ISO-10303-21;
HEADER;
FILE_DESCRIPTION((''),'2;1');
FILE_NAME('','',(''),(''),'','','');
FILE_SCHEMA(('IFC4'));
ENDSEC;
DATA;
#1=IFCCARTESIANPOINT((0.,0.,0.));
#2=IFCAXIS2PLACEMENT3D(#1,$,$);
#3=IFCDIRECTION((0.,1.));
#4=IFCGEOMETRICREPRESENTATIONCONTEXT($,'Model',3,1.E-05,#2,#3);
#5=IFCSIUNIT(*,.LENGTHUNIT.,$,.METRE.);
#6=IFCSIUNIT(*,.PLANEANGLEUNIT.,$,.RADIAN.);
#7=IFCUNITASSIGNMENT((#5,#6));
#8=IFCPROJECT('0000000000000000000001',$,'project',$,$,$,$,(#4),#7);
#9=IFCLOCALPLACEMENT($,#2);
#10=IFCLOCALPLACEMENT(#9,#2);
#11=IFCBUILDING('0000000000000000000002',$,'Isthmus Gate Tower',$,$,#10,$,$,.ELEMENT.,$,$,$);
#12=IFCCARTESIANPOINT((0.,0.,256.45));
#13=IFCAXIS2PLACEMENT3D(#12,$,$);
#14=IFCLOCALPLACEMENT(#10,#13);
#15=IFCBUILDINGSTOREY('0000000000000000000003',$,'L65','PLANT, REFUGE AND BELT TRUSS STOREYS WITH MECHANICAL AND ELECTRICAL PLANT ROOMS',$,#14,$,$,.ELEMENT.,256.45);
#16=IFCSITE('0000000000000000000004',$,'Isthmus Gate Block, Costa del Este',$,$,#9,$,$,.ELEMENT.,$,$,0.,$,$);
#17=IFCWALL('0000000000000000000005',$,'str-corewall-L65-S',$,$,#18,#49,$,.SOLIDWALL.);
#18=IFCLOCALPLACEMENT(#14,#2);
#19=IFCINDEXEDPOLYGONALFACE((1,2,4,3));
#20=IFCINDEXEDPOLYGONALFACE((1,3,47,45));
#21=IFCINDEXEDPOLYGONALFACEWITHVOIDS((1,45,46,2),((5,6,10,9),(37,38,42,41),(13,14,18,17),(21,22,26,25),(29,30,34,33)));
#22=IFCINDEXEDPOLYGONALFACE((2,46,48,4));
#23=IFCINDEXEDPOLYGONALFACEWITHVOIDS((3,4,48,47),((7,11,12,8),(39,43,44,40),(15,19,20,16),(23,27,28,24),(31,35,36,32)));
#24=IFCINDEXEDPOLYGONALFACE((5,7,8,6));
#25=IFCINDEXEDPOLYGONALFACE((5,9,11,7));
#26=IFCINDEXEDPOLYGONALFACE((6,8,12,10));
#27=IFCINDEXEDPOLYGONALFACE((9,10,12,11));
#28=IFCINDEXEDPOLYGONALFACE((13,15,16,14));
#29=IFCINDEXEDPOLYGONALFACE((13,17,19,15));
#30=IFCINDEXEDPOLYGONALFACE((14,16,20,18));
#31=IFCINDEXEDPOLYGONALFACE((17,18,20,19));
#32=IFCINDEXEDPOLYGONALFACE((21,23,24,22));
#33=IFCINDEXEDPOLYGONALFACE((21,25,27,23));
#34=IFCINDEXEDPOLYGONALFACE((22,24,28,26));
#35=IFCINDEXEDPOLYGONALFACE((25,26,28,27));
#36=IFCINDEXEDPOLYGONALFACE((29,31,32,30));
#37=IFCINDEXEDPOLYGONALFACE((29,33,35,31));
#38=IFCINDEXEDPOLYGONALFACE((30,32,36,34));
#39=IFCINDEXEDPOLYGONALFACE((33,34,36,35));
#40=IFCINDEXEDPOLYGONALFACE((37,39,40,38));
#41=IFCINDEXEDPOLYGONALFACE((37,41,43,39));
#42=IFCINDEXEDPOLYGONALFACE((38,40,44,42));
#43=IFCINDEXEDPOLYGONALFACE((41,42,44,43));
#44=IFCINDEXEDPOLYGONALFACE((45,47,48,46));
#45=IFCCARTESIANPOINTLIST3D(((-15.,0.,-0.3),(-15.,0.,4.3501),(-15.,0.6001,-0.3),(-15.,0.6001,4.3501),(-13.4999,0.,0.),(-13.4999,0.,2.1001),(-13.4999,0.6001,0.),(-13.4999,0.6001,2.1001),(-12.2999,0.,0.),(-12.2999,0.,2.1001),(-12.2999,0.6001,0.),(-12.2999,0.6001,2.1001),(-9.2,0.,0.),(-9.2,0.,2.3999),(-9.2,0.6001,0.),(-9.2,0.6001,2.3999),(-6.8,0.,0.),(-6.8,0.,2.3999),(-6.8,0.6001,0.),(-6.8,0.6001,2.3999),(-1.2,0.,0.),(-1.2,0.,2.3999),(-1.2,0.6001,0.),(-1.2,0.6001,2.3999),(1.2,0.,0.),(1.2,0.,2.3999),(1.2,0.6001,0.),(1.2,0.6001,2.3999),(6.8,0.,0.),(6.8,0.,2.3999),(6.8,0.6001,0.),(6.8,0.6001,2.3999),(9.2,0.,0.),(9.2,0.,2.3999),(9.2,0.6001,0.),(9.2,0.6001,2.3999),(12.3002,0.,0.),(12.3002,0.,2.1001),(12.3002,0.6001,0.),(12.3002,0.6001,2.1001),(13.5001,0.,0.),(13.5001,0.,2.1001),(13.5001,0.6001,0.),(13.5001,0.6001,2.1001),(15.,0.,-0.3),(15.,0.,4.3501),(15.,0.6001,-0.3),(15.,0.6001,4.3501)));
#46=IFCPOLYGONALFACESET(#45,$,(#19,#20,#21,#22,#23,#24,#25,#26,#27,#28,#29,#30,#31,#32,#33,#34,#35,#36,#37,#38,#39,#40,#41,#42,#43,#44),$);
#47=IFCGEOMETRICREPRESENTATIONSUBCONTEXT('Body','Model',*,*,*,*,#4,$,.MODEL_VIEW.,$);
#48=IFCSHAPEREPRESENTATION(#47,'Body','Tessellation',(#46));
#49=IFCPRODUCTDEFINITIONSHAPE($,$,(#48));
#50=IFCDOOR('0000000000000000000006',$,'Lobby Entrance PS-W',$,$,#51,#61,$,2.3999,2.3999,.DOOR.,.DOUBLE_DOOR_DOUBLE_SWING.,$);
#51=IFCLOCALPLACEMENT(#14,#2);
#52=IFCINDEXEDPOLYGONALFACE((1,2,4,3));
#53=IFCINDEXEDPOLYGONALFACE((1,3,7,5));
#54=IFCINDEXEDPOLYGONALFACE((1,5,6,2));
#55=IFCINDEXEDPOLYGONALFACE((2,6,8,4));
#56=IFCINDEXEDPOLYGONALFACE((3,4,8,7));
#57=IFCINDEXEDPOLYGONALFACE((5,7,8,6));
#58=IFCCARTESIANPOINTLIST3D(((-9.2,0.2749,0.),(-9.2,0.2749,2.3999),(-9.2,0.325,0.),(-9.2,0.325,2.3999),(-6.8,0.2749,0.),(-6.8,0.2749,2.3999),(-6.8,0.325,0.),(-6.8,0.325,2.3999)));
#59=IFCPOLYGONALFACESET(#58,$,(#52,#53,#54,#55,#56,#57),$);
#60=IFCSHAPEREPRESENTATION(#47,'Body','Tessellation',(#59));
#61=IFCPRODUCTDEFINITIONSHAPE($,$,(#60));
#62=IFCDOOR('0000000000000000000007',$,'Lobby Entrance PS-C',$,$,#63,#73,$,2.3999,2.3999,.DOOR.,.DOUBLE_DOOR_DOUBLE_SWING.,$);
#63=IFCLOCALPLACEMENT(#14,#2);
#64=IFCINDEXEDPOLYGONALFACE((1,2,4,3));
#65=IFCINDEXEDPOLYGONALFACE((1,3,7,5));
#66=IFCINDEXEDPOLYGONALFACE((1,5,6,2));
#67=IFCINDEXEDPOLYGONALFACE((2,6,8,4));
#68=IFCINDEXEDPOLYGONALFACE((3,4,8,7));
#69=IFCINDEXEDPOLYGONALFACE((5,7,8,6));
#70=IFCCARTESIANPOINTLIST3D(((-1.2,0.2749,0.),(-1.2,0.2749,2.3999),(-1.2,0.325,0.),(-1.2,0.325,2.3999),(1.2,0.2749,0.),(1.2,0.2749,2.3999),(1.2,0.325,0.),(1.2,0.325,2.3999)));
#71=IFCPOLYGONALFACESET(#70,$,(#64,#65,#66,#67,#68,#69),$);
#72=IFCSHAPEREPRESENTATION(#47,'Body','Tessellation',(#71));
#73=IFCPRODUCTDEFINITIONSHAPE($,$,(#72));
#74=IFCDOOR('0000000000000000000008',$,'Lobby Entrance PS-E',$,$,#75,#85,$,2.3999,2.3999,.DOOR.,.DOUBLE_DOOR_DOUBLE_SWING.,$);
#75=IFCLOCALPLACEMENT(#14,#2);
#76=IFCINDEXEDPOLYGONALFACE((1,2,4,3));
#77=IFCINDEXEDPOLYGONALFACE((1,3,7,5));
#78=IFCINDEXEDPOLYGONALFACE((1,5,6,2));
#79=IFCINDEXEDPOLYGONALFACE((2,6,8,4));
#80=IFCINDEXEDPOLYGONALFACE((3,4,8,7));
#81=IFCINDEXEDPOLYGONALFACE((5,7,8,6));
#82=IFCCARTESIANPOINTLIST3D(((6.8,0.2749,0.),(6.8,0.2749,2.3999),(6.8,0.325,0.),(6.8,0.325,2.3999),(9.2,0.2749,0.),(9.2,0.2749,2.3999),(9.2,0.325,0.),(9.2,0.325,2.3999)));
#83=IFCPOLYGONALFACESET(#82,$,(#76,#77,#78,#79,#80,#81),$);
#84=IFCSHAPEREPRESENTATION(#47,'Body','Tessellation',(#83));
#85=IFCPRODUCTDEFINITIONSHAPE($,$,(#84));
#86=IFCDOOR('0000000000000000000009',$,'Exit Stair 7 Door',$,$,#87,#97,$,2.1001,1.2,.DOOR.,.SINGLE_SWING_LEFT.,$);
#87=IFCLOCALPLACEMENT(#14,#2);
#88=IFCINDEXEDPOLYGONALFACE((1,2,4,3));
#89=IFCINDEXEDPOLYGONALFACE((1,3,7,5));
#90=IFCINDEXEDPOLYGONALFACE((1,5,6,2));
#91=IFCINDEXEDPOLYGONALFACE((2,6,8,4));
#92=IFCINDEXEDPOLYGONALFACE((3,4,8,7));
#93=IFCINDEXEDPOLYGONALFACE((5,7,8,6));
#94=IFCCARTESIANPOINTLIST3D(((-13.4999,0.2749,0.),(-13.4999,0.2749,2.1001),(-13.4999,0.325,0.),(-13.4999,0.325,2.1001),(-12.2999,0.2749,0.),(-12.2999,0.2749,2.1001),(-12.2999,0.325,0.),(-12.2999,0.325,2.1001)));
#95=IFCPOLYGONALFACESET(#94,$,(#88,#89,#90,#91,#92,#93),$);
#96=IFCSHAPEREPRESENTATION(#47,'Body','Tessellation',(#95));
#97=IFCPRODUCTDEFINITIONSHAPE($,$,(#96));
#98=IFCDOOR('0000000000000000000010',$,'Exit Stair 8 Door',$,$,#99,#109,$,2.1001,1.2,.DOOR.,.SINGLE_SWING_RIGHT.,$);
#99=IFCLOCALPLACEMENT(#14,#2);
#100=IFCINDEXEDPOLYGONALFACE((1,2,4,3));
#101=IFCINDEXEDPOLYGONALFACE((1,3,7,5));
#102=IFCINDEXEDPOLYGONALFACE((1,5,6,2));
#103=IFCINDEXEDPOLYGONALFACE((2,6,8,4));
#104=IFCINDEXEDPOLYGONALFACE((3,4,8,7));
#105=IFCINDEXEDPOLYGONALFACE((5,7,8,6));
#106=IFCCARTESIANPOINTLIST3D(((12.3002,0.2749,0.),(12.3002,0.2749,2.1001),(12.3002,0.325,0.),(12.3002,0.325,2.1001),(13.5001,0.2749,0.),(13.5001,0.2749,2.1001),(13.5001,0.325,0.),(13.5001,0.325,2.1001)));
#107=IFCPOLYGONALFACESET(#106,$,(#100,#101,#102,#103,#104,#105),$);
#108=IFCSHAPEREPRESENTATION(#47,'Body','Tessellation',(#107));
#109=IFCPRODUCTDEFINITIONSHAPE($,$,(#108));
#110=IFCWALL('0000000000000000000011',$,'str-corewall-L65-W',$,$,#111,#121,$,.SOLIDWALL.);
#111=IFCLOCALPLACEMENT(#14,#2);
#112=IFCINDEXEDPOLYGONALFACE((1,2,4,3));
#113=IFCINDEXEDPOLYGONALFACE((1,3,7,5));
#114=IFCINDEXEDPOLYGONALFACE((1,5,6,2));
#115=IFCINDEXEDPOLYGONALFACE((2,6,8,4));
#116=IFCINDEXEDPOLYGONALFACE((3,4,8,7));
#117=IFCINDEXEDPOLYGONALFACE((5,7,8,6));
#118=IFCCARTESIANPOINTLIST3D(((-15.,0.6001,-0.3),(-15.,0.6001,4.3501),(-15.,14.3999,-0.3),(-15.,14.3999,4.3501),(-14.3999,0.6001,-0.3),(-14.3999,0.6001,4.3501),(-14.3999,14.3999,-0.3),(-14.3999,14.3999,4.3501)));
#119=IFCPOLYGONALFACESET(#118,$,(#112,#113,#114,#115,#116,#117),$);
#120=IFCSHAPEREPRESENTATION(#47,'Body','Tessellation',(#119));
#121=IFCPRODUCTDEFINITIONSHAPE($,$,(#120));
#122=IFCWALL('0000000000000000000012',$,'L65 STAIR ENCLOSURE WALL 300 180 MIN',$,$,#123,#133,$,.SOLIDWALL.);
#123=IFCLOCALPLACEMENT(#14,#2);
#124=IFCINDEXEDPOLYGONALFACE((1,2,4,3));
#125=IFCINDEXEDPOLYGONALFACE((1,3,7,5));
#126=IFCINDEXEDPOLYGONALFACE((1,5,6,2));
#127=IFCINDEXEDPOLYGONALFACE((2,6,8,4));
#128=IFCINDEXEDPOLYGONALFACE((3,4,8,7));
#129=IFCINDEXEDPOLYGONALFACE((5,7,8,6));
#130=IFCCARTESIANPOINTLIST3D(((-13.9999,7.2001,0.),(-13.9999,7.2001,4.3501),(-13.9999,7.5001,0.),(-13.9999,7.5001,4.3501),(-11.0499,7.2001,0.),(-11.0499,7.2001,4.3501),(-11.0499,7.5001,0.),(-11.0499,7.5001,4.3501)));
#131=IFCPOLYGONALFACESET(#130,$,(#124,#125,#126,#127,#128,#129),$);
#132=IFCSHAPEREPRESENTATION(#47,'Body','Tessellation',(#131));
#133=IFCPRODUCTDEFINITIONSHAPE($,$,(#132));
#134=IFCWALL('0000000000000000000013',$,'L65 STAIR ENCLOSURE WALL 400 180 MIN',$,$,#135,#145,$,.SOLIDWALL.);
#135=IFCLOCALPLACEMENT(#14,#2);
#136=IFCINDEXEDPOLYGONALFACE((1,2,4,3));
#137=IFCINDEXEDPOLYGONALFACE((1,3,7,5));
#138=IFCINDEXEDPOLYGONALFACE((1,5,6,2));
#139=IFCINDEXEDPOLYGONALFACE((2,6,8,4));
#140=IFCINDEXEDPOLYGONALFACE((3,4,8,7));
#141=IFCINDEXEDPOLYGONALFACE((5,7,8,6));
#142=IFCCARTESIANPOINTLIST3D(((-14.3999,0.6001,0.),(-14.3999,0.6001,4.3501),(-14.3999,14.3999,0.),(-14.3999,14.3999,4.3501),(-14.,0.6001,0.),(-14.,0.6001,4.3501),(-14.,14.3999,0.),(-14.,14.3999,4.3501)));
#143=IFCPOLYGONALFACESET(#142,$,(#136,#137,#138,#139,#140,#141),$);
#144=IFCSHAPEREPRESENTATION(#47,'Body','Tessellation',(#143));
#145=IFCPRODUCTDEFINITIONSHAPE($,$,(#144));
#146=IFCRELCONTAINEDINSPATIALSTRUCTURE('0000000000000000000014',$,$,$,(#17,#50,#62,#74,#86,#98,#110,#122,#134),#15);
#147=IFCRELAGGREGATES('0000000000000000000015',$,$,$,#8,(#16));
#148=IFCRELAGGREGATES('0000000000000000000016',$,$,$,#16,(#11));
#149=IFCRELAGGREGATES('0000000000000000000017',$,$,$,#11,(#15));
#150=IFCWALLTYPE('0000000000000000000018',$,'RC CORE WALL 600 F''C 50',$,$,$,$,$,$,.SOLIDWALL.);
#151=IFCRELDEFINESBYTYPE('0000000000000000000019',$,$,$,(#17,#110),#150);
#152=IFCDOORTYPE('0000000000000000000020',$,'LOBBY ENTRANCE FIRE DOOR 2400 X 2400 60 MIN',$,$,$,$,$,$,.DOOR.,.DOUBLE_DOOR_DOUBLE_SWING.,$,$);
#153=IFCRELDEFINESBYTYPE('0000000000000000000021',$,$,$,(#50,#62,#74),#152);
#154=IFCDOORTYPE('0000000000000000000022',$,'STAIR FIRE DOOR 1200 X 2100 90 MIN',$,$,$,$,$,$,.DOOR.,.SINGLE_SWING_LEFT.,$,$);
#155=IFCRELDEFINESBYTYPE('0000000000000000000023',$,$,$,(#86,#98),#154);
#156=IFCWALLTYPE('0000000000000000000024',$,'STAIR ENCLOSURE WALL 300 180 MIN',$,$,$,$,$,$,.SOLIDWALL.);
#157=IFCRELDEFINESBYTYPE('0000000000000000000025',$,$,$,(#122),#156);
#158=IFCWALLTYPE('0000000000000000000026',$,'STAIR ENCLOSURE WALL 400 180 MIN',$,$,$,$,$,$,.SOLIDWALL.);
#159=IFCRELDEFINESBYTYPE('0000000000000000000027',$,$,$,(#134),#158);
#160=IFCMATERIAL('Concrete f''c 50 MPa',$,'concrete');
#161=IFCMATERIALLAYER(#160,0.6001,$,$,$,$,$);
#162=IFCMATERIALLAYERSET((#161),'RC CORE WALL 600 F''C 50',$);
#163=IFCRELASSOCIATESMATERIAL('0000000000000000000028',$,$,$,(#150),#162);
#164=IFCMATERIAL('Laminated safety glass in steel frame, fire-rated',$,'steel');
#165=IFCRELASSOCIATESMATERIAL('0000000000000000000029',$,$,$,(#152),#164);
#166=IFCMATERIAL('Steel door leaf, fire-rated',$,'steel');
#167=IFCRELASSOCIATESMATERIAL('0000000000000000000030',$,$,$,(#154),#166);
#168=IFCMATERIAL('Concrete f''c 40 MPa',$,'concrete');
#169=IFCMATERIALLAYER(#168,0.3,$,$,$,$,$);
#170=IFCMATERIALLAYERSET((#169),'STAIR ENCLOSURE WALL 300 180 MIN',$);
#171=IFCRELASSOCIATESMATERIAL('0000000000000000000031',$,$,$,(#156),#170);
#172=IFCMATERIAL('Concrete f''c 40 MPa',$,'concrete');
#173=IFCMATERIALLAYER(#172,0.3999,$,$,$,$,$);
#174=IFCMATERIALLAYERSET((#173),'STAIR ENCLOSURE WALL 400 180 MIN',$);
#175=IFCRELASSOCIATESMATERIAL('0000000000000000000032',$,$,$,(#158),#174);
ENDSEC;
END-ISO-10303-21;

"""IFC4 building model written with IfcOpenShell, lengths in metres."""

from ifc_helpers import new_model, si_unit, direction, frame, frame_2d, origin, place, context, subcontext, project, spatial, rectangle, extrude, material, layer, layer_set, type_object, element, fill, save


model = new_model("IFC4")

# Units and contexts
model_context = context("Model", 3, precision=1e-05, world=origin(), true_north=direction((0.0, 1.0)))
body_context = subcontext(model_context, "Body", "Model", "MODEL_VIEW")
ifc_project = project(units=[si_unit("LENGTHUNIT", "METRE"), si_unit("PLANEANGLEUNIT", "RADIAN")], contexts=[model_context])

# Site, building, storey
site_placement = place(None, origin())
site = spatial("IfcSite", under=ifc_project, at=site_placement, Name="Isthmus Gate Block, Costa del Este", CompositionType="ELEMENT", RefElevation=0.0)
building_placement = place(site_placement, origin())
building = spatial("IfcBuilding", under=site, at=building_placement, Name="Isthmus Gate Tower", CompositionType="ELEMENT")
storey_placement = place(building_placement, frame((0.0, 0.0, 256.45)))
storey = spatial("IfcBuildingStorey", under=building, at=storey_placement, Name="L65", Description="PLANT, REFUGE AND BELT TRUSS STOREYS WITH MECHANICAL AND ELECTRICAL PLANT ROOMS", CompositionType="ELEMENT", Elevation=256.45)

# Wall, openings, doors
ifc_material_1 = material(Name="Concrete f'c 50 MPa", Category="concrete")
ifc_layer_1 = layer(ifc_material_1, 0.6001)
ifc_layer_set_1 = layer_set([ifc_layer_1], Name="RC CORE WALL 600 F'C 50")
wall_type_1 = type_object("IfcWallType", Name="RC CORE WALL 600 F'C 50", PredefinedType="SOLIDWALL", material=ifc_layer_set_1)
wall_1_placement = place(storey_placement, frame((-15.0, 0.3, -0.3), z_axis=(0.0, 0.0, 1.0), x_axis=(1.0, 0.0, 0.0)))
wall_1 = element("IfcWall", 1, at=wall_1_placement, inside=storey, type_object=wall_type_1, Name="str-corewall-L65-S", PredefinedType="SOLIDWALL", context=body_context, shape_type="SweptSolid", body=[
    extrude(rectangle(XDim=30.0, YDim=0.6001, at=frame_2d((15.0, 0.0))), origin(), (0.0, 0.0, 1.0), 4.6501),
])
opening_1_placement = place(wall_1_placement, frame((5.8, 0.0, 0.3)))
opening_1 = element("IfcOpeningElement", 2, at=opening_1_placement, cuts=wall_1, PredefinedType="OPENING", context=body_context, shape_type="SweptSolid", body=[
    extrude(rectangle(XDim=2.3999, YDim=2.3999, at=frame_2d((1.2, 1.2))), frame((0.0, 0.3101, 0.0), z_axis=(0.0, -1.0, 0.0), x_axis=(1.0, 0.0, 0.0)), (0.0, 0.0, 1.0), 0.6201),
])
opening_2_placement = place(wall_1_placement, frame((13.8, 0.0, 0.3)))
opening_2 = element("IfcOpeningElement", 3, at=opening_2_placement, cuts=wall_1, PredefinedType="OPENING", context=body_context, shape_type="SweptSolid", body=[
    extrude(rectangle(XDim=2.3999, YDim=2.3999, at=frame_2d((1.2, 1.2))), frame((0.0, 0.3101, 0.0), z_axis=(0.0, -1.0, 0.0), x_axis=(1.0, 0.0, 0.0)), (0.0, 0.0, 1.0), 0.6201),
])
opening_3_placement = place(wall_1_placement, frame((21.8, 0.0, 0.3)))
opening_3 = element("IfcOpeningElement", 4, at=opening_3_placement, cuts=wall_1, PredefinedType="OPENING", context=body_context, shape_type="SweptSolid", body=[
    extrude(rectangle(XDim=2.3999, YDim=2.3999, at=frame_2d((1.2, 1.2))), frame((0.0, 0.3101, 0.0), z_axis=(0.0, -1.0, 0.0), x_axis=(1.0, 0.0, 0.0)), (0.0, 0.0, 1.0), 0.6201),
])
opening_4_placement = place(wall_1_placement, frame((1.5, 0.0, 0.3)))
opening_4 = element("IfcOpeningElement", 5, at=opening_4_placement, cuts=wall_1, PredefinedType="OPENING", context=body_context, shape_type="SweptSolid", body=[
    extrude(rectangle(XDim=1.2, YDim=2.1001, at=frame_2d((0.6001, 1.05))), frame((0.0, 0.3101, 0.0), z_axis=(0.0, -1.0, 0.0), x_axis=(1.0, 0.0, 0.0)), (0.0, 0.0, 1.0), 0.6201),
])
opening_5_placement = place(wall_1_placement, frame((27.3, 0.0, 0.3)))
opening_5 = element("IfcOpeningElement", 6, at=opening_5_placement, cuts=wall_1, PredefinedType="OPENING", context=body_context, shape_type="SweptSolid", body=[
    extrude(rectangle(XDim=1.2, YDim=2.1001, at=frame_2d((0.6001, 1.05))), frame((0.0, 0.3101, 0.0), z_axis=(0.0, -1.0, 0.0), x_axis=(1.0, 0.0, 0.0)), (0.0, 0.0, 1.0), 0.6201),
])
ifc_material_2 = material(Name="Laminated safety glass in steel frame, fire-rated", Category="steel")
door_type_1 = type_object("IfcDoorType", Name="LOBBY ENTRANCE FIRE DOOR 2400 X 2400 60 MIN", OperationType="DOUBLE_DOOR_DOUBLE_SWING", PredefinedType="DOOR", material=ifc_material_2)
door_1_placement = place(opening_1_placement, origin())
door_1 = element("IfcDoor", 7, at=door_1_placement, inside=storey, type_object=door_type_1, Name="Lobby Entrance PS-W", OperationType="DOUBLE_DOOR_DOUBLE_SWING", OverallHeight=2.3999, OverallWidth=2.3999, PredefinedType="DOOR", context=body_context, shape_type="SweptSolid", body=[
    extrude(rectangle(XDim=2.3999, YDim=2.3999, at=frame_2d((1.2, 1.2))), frame((0.0, 0.0249, 0.0), z_axis=(0.0, -1.0, 0.0), x_axis=(1.0, 0.0, 0.0)), (0.0, 0.0, 1.0), 0.05),
])
fill(opening_1, door_1)
door_2_placement = place(opening_2_placement, origin())
door_2 = element("IfcDoor", 8, at=door_2_placement, inside=storey, type_object=door_type_1, Name="Lobby Entrance PS-C", OperationType="DOUBLE_DOOR_DOUBLE_SWING", OverallHeight=2.3999, OverallWidth=2.3999, PredefinedType="DOOR", context=body_context, shape_type="SweptSolid", body=[
    extrude(rectangle(XDim=2.3999, YDim=2.3999, at=frame_2d((1.2, 1.2))), frame((0.0, 0.0249, 0.0), z_axis=(0.0, -1.0, 0.0), x_axis=(1.0, 0.0, 0.0)), (0.0, 0.0, 1.0), 0.05),
])
fill(opening_2, door_2)
door_3_placement = place(opening_3_placement, origin())
door_3 = element("IfcDoor", 9, at=door_3_placement, inside=storey, type_object=door_type_1, Name="Lobby Entrance PS-E", OperationType="DOUBLE_DOOR_DOUBLE_SWING", OverallHeight=2.3999, OverallWidth=2.3999, PredefinedType="DOOR", context=body_context, shape_type="SweptSolid", body=[
    extrude(rectangle(XDim=2.3999, YDim=2.3999, at=frame_2d((1.2, 1.2))), frame((0.0, 0.0249, 0.0), z_axis=(0.0, -1.0, 0.0), x_axis=(1.0, 0.0, 0.0)), (0.0, 0.0, 1.0), 0.05),
])
fill(opening_3, door_3)
ifc_material_3 = material(Name="Steel door leaf, fire-rated", Category="steel")
door_type_2 = type_object("IfcDoorType", Name="STAIR FIRE DOOR 1200 X 2100 90 MIN", OperationType="SINGLE_SWING_LEFT", PredefinedType="DOOR", material=ifc_material_3)
door_4_placement = place(opening_4_placement, origin())
door_4 = element("IfcDoor", 10, at=door_4_placement, inside=storey, type_object=door_type_2, Name="Exit Stair 7 Door", OperationType="SINGLE_SWING_LEFT", OverallHeight=2.1001, OverallWidth=1.2, PredefinedType="DOOR", context=body_context, shape_type="SweptSolid", body=[
    extrude(rectangle(XDim=1.2, YDim=2.1001, at=frame_2d((0.6001, 1.05))), frame((0.0, 0.0249, 0.0), z_axis=(0.0, -1.0, 0.0), x_axis=(1.0, 0.0, 0.0)), (0.0, 0.0, 1.0), 0.05),
])
fill(opening_4, door_4)
door_5_placement = place(opening_5_placement, origin())
door_5 = element("IfcDoor", 11, at=door_5_placement, inside=storey, type_object=door_type_2, Name="Exit Stair 8 Door", OperationType="SINGLE_SWING_RIGHT", OverallHeight=2.1001, OverallWidth=1.2, PredefinedType="DOOR", context=body_context, shape_type="SweptSolid", body=[
    extrude(rectangle(XDim=1.2, YDim=2.1001, at=frame_2d((0.6001, 1.05))), frame((0.0, 0.0249, 0.0), z_axis=(0.0, -1.0, 0.0), x_axis=(1.0, 0.0, 0.0)), (0.0, 0.0, 1.0), 0.05),
])
fill(opening_5, door_5)

# Walls
wall_2_placement = place(storey_placement, frame((-14.7, 0.6001, -0.3), z_axis=(0.0, 0.0, 1.0), x_axis=(0.0, 1.0, 0.0)))
element("IfcWall", 12, at=wall_2_placement, inside=storey, type_object=wall_type_1, Name="str-corewall-L65-W", PredefinedType="SOLIDWALL", context=body_context, shape_type="SweptSolid", body=[
    extrude(rectangle(XDim=13.7998, YDim=0.6001, at=frame_2d((6.8999, 0.0))), origin(), (0.0, 0.0, 1.0), 4.6501),
])
ifc_material_4 = material(Name="Concrete f'c 40 MPa", Category="concrete")
ifc_layer_2 = layer(ifc_material_4, 0.3)
ifc_layer_set_2 = layer_set([ifc_layer_2], Name="STAIR ENCLOSURE WALL 300 180 MIN")
wall_type_2 = type_object("IfcWallType", Name="STAIR ENCLOSURE WALL 300 180 MIN", PredefinedType="SOLIDWALL", material=ifc_layer_set_2)
wall_3_placement = place(storey_placement, frame((-14.0, 7.3501, 0.0), z_axis=(0.0, 0.0, 1.0), x_axis=(1.0, 0.0, 0.0)))
element("IfcWall", 13, at=wall_3_placement, inside=storey, type_object=wall_type_2, Name="L65 STAIR ENCLOSURE WALL 300 180 MIN", PredefinedType="SOLIDWALL", context=body_context, shape_type="SweptSolid", body=[
    extrude(rectangle(XDim=2.95, YDim=0.3, at=frame_2d((1.4751, 0.0))), origin(), (0.0, 0.0, 1.0), 4.3501),
])
ifc_material_5 = material(Name="Concrete f'c 40 MPa", Category="concrete")
ifc_layer_3 = layer(ifc_material_5, 0.3999)
ifc_layer_set_3 = layer_set([ifc_layer_3], Name="STAIR ENCLOSURE WALL 400 180 MIN")
wall_type_3 = type_object("IfcWallType", Name="STAIR ENCLOSURE WALL 400 180 MIN", PredefinedType="SOLIDWALL", material=ifc_layer_set_3)
wall_4_placement = place(storey_placement, frame((-14.2, 0.6001, 0.0), z_axis=(0.0, 0.0, 1.0), x_axis=(0.0, 1.0, 0.0)))
element("IfcWall", 14, at=wall_4_placement, inside=storey, type_object=wall_type_3, Name="L65 STAIR ENCLOSURE WALL 400 180 MIN", PredefinedType="SOLIDWALL", context=body_context, shape_type="SweptSolid", body=[
    extrude(rectangle(XDim=13.7998, YDim=0.3999, at=frame_2d((6.8999, 0.0))), origin(), (0.0, 0.0, 1.0), 4.3501),
])

save(model, "model.ifc")
